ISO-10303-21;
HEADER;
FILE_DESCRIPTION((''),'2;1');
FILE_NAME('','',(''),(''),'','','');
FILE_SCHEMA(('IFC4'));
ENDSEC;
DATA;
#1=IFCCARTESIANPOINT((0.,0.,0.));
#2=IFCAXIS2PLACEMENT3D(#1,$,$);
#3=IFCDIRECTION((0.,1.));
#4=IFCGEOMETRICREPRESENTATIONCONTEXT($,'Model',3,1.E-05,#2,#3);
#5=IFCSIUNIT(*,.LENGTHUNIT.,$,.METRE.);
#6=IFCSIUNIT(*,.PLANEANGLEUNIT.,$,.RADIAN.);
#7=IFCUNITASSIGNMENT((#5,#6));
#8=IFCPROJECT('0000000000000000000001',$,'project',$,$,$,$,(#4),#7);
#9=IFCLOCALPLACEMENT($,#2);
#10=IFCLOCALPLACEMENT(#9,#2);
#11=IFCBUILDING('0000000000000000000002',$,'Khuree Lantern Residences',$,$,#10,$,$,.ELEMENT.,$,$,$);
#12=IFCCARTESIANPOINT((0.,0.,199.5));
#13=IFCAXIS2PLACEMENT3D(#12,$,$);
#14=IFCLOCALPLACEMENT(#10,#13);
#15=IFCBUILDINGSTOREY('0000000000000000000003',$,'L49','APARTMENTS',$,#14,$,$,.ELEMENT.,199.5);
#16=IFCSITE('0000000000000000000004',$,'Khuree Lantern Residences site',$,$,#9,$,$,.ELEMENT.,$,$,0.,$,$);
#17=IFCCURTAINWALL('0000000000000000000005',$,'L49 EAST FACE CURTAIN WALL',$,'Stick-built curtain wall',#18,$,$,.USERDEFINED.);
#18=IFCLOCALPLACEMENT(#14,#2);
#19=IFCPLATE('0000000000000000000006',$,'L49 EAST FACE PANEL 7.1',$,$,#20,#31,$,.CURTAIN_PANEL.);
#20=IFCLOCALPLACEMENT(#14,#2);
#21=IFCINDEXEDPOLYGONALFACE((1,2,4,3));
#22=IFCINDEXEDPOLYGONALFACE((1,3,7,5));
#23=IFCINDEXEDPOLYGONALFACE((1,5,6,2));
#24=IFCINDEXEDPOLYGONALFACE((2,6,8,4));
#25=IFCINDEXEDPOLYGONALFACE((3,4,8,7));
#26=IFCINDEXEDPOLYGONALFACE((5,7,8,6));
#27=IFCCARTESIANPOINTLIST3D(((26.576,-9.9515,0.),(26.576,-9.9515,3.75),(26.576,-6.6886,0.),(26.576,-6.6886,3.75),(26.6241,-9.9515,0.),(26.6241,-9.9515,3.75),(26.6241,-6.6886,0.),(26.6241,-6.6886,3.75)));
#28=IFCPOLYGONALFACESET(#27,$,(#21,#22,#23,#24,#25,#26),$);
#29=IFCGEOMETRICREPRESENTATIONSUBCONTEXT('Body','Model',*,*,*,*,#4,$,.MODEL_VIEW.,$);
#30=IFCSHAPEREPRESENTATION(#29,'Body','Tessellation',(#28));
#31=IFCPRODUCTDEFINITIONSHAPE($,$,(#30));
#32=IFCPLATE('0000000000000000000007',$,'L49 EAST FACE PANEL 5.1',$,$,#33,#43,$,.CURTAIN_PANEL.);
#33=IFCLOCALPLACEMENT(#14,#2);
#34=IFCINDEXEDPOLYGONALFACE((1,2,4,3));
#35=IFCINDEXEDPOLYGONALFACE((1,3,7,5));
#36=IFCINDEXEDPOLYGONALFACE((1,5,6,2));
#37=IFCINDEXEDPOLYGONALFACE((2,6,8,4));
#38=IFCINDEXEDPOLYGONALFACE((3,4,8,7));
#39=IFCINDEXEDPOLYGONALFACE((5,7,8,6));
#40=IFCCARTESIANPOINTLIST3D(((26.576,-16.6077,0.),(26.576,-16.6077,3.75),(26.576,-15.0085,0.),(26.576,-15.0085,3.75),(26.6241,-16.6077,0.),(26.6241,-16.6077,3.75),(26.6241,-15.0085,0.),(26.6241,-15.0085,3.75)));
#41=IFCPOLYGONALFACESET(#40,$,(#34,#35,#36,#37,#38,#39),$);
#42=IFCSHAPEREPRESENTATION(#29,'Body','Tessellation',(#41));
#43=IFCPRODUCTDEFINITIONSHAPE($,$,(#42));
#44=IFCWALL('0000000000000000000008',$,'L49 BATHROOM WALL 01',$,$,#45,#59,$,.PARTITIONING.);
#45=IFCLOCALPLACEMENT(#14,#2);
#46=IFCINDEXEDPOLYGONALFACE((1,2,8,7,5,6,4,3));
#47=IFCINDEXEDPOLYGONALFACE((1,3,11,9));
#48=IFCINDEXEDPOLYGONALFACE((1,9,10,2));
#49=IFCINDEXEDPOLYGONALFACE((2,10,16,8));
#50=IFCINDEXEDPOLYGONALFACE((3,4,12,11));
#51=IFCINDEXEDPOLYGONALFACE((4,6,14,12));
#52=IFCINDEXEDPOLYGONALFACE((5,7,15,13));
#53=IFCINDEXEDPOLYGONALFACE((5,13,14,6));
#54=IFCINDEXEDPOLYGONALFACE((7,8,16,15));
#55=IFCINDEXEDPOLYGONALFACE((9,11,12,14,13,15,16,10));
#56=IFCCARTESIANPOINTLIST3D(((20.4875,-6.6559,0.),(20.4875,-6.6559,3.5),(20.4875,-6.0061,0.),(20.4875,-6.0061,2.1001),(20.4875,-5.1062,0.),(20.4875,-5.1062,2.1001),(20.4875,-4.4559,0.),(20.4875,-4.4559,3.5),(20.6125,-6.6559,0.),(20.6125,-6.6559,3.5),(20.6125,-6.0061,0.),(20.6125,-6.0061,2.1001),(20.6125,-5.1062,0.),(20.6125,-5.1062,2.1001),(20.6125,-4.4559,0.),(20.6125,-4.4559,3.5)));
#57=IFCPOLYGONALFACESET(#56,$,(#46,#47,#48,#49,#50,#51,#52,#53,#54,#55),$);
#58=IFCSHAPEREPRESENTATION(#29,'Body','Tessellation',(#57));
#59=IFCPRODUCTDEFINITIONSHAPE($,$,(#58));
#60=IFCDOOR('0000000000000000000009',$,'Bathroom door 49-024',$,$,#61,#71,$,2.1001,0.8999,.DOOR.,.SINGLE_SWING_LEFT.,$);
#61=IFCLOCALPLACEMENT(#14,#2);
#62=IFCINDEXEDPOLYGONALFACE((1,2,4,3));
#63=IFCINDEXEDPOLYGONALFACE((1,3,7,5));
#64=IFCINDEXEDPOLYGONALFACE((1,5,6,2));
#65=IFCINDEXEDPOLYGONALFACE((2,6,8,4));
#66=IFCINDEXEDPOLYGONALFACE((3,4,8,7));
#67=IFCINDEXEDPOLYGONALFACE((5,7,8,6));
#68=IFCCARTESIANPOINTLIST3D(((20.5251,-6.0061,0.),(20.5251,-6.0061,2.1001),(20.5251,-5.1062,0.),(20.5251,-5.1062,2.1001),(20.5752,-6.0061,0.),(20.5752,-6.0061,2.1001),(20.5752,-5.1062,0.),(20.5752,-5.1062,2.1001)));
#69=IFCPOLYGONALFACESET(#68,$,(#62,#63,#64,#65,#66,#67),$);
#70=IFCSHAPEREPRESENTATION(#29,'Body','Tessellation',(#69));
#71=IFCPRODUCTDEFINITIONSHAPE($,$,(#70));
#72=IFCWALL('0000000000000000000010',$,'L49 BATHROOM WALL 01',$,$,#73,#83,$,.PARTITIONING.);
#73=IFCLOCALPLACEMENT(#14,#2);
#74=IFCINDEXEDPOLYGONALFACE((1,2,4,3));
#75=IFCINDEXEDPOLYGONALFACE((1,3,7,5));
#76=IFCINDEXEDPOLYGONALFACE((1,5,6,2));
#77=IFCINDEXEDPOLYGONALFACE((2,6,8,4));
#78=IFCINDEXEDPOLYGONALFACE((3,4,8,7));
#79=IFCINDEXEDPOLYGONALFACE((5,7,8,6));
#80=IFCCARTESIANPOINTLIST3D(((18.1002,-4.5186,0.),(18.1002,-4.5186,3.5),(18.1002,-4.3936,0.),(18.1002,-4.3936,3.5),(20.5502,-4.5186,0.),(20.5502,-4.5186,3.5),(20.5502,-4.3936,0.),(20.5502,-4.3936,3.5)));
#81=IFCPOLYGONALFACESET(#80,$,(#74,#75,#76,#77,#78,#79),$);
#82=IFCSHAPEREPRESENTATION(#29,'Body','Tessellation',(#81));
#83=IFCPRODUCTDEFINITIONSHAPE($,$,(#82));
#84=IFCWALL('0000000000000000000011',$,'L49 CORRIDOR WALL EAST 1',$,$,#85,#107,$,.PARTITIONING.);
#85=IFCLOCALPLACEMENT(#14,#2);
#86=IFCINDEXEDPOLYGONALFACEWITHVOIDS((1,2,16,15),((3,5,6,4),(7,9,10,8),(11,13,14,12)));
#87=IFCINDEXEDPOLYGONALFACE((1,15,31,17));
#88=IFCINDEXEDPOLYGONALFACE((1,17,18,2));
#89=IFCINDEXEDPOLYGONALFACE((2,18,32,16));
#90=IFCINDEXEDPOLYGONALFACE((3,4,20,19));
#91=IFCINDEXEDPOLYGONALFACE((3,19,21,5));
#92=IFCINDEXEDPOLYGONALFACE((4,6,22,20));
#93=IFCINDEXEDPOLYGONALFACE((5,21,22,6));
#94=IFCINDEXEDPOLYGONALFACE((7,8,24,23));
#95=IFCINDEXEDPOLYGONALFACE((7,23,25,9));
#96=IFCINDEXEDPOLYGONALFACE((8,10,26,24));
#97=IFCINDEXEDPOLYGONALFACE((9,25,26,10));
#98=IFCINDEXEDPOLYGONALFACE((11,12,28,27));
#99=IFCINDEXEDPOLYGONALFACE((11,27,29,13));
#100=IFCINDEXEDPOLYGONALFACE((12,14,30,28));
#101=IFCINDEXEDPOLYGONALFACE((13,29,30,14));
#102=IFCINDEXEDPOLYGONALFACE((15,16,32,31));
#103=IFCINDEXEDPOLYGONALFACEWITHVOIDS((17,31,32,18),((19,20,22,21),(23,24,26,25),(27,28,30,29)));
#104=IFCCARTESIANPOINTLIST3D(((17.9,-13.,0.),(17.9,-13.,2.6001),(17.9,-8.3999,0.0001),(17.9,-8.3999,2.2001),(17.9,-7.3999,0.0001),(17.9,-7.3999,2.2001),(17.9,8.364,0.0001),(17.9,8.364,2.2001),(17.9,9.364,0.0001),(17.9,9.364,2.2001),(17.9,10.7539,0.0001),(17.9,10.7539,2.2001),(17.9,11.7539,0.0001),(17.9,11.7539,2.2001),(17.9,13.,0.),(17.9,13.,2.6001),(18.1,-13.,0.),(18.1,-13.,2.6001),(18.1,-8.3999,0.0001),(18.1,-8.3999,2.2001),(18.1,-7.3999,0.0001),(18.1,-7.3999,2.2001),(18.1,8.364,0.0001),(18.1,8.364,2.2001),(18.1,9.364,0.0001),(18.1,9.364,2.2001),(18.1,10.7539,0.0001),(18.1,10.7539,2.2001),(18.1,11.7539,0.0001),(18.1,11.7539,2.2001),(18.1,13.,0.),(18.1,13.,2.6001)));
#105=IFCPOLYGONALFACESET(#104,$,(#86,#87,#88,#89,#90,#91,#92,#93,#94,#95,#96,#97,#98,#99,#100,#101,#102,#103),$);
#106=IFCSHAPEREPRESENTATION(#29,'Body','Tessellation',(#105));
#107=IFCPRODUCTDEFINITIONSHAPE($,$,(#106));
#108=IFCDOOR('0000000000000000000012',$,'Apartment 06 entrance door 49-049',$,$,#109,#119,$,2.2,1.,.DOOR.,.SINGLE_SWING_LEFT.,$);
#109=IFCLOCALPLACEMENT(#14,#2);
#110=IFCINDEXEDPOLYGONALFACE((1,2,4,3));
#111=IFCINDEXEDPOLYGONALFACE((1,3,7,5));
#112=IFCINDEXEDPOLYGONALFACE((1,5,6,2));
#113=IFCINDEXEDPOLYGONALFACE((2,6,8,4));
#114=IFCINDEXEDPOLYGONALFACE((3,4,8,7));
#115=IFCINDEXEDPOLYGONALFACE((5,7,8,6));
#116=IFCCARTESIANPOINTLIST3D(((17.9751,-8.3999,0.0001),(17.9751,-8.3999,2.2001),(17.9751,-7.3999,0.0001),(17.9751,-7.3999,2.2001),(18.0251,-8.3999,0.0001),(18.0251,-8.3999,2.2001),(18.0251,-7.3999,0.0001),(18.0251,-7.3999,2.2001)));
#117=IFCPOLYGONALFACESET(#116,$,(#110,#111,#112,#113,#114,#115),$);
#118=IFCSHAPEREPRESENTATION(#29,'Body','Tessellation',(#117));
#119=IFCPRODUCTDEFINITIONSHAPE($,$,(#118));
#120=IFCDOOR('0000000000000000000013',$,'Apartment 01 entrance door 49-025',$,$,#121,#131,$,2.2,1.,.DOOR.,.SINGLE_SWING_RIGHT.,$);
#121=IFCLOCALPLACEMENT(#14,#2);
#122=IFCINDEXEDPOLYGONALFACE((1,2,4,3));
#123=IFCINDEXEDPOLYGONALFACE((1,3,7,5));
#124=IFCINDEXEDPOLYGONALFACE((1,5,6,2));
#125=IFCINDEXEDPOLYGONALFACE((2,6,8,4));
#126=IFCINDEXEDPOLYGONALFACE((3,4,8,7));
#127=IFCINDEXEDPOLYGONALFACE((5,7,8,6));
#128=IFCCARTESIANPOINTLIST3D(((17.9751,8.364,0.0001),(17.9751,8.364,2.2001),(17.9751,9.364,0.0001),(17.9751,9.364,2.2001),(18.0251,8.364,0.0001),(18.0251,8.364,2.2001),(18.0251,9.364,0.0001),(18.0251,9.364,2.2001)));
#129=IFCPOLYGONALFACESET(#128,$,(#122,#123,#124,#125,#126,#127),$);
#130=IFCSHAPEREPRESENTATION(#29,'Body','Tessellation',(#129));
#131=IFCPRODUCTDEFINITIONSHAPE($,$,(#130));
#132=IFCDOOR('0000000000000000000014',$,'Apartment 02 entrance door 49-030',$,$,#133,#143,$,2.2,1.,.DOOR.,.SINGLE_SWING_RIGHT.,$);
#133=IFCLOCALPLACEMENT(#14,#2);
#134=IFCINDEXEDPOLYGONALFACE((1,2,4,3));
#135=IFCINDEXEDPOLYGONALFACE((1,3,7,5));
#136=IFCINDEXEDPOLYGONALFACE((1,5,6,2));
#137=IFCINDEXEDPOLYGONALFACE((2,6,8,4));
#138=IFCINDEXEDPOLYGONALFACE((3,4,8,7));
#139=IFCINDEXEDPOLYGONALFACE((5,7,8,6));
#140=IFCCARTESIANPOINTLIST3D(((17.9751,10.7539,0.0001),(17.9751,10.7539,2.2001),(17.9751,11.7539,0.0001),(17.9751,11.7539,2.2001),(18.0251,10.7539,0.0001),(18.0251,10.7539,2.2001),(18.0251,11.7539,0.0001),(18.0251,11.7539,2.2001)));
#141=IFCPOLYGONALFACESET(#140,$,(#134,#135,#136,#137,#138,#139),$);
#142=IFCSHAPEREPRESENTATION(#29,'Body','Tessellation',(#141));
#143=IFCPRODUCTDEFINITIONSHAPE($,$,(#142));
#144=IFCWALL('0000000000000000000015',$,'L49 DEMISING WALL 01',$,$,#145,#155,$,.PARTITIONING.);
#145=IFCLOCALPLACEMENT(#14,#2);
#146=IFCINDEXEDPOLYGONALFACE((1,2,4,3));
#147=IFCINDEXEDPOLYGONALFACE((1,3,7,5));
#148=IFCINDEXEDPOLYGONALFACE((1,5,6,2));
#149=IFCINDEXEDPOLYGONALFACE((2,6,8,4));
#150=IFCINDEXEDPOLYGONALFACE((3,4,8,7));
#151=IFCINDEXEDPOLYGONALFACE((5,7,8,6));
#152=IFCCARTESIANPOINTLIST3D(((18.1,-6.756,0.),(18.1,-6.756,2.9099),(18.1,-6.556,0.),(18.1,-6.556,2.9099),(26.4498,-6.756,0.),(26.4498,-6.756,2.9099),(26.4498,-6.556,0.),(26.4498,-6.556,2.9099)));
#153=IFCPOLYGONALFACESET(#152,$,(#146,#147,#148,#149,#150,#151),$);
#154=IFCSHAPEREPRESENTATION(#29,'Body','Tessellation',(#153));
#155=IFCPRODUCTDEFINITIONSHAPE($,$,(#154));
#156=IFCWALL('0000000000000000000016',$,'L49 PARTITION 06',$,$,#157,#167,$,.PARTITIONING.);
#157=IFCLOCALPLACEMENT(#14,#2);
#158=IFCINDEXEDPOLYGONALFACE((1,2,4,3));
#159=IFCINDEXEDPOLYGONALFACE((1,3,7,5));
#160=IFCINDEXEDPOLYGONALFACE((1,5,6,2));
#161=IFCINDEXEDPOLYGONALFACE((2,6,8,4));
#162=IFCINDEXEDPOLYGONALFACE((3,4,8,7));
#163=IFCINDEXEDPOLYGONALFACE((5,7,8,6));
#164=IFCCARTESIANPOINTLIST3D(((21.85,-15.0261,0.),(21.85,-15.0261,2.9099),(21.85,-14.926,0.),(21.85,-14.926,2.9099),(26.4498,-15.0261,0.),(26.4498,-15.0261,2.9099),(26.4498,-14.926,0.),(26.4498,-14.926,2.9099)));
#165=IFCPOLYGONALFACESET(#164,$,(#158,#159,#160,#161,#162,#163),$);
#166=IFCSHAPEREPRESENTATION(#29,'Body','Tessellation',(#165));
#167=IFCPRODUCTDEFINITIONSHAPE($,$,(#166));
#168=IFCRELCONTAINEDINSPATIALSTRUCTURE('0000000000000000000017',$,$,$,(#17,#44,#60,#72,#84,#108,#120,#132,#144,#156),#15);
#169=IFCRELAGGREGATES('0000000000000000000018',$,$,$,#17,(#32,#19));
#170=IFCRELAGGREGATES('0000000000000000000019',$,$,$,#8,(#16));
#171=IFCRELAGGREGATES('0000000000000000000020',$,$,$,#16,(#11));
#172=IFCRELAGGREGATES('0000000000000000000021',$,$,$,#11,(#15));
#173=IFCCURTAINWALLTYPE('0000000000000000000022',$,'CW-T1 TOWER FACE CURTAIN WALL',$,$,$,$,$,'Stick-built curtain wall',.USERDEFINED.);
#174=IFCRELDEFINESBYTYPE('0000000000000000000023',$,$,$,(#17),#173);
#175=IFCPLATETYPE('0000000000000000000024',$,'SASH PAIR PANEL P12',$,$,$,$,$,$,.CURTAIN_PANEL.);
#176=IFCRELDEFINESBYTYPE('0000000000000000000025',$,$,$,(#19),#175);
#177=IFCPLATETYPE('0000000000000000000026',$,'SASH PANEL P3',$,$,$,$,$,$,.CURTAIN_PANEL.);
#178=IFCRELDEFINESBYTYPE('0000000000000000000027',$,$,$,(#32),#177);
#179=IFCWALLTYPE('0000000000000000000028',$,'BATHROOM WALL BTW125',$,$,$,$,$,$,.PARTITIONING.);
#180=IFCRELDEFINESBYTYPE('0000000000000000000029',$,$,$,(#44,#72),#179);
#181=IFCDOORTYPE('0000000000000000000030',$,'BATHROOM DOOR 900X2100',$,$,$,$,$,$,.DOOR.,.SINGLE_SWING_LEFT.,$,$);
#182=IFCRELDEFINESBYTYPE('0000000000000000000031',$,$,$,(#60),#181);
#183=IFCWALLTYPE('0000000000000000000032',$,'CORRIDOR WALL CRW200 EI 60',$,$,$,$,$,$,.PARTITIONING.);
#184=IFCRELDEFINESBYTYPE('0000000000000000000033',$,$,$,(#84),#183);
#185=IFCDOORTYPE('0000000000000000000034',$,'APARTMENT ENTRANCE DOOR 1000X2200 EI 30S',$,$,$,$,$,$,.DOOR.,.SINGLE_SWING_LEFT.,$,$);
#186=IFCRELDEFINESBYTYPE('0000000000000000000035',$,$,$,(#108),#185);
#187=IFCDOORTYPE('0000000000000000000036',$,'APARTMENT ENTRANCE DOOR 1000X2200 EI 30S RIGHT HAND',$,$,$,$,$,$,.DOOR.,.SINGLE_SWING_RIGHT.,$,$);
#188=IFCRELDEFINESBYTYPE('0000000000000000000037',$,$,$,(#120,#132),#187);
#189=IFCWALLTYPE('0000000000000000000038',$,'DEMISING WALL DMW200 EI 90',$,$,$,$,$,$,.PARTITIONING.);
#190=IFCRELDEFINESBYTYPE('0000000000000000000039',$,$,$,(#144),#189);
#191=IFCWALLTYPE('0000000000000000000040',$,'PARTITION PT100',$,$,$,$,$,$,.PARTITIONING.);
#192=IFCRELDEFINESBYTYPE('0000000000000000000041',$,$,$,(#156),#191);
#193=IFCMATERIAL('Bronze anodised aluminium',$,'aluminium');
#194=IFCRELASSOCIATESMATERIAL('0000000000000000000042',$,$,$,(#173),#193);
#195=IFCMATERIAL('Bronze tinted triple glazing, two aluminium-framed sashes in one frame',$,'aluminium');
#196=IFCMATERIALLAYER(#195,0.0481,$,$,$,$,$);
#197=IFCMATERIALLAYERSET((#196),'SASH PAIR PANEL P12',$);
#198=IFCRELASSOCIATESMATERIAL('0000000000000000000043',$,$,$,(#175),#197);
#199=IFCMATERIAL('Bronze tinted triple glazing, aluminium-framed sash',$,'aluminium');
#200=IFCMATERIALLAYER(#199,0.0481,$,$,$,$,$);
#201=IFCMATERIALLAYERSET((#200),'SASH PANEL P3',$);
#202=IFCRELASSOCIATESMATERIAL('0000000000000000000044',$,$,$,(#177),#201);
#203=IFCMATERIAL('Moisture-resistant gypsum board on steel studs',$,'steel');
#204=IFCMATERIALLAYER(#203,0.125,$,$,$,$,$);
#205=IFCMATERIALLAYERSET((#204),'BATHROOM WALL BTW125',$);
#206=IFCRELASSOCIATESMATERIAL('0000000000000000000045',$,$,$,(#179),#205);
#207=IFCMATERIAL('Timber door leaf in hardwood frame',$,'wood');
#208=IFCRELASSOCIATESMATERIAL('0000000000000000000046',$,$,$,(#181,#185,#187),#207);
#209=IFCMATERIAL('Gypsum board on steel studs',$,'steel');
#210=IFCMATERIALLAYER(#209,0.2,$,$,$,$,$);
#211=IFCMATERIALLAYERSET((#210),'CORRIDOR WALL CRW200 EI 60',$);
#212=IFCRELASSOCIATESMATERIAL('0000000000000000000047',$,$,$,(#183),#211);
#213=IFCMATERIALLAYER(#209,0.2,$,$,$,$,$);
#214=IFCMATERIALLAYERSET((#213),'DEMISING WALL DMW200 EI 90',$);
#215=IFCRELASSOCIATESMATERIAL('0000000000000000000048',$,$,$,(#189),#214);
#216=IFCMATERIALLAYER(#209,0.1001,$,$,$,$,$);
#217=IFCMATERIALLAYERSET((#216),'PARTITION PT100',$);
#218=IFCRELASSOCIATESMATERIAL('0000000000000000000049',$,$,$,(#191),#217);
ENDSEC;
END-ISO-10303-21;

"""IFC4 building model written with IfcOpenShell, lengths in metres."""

from ifc_helpers import new_model, si_unit, direction, frame, frame_2d, origin, origin_2d, place, context, subcontext, project, spatial, rectangle, extrude, material, layer, layer_set, type_object, element, fill, aggregate, save


model = new_model("IFC4")

# Units and contexts
model_context = context("Model", 3, precision=1e-05, world=origin(), true_north=direction((0.0, 1.0)))
body_context = subcontext(model_context, "Body", "Model", "MODEL_VIEW")
ifc_project = project(units=[si_unit("LENGTHUNIT", "METRE"), si_unit("PLANEANGLEUNIT", "RADIAN")], contexts=[model_context])

# Site, building, storey
site_placement = place(None, origin())
site = spatial("IfcSite", under=ifc_project, at=site_placement, Name="Khuree Lantern Residences site", CompositionType="ELEMENT", RefElevation=0.0)
building_placement = place(site_placement, origin())
building = spatial("IfcBuilding", under=site, at=building_placement, Name="Khuree Lantern Residences", CompositionType="ELEMENT")
storey_placement = place(building_placement, frame((0.0, 0.0, 199.5)))
storey = spatial("IfcBuildingStorey", under=building, at=storey_placement, Name="L49", Description="APARTMENTS", CompositionType="ELEMENT", Elevation=199.5)

# Curtain wall
ifc_material_1 = material(Name="Bronze anodised aluminium", Category="aluminium")
curtain_wall_type = type_object("IfcCurtainWallType", Name="CW-T1 TOWER FACE CURTAIN WALL", ElementType="Stick-built curtain wall", PredefinedType="USERDEFINED", material=ifc_material_1)
curtain_wall_placement = place(storey_placement, origin())
curtain_wall = element("IfcCurtainWall", 1, at=curtain_wall_placement, inside=storey, type_object=curtain_wall_type, Name="L49 EAST FACE CURTAIN WALL", ObjectType="Stick-built curtain wall", PredefinedType="USERDEFINED")

# Plates
ifc_material_2 = material(Name="Bronze tinted triple glazing, two aluminium-framed sashes in one frame", Category="aluminium")
ifc_layer_1 = layer(ifc_material_2, 0.0481)
ifc_layer_set_1 = layer_set([ifc_layer_1], Name="SASH PAIR PANEL P12")
plate_type_1 = type_object("IfcPlateType", Name="SASH PAIR PANEL P12", PredefinedType="CURTAIN_PANEL", material=ifc_layer_set_1)
plate_1_placement = place(storey_placement, frame((26.6001, -8.3201, 0.0), z_axis=(0.0, 0.0, 1.0), x_axis=(0.0, 1.0, 0.0)))
plate_1 = element("IfcPlate", 2, at=plate_1_placement, type_object=plate_type_1, Name="L49 EAST FACE PANEL 7.1", PredefinedType="CURTAIN_PANEL", context=body_context, shape_type="SweptSolid", body=[
    extrude(rectangle(XDim=3.2629, YDim=0.0481, at=origin_2d()), origin(), (0.0, 0.0, 1.0), 3.75),
])
ifc_material_3 = material(Name="Bronze tinted triple glazing, aluminium-framed sash", Category="aluminium")
ifc_layer_2 = layer(ifc_material_3, 0.0481)
ifc_layer_set_2 = layer_set([ifc_layer_2], Name="SASH PANEL P3")
plate_type_2 = type_object("IfcPlateType", Name="SASH PANEL P3", PredefinedType="CURTAIN_PANEL", material=ifc_layer_set_2)
plate_2_placement = place(storey_placement, frame((26.6001, -15.8081, 0.0), z_axis=(0.0, 0.0, 1.0), x_axis=(0.0, 1.0, 0.0)))
plate_2 = element("IfcPlate", 3, at=plate_2_placement, type_object=plate_type_2, Name="L49 EAST FACE PANEL 5.1", PredefinedType="CURTAIN_PANEL", context=body_context, shape_type="SweptSolid", body=[
    extrude(rectangle(XDim=1.5991, YDim=0.0481, at=origin_2d()), origin(), (0.0, 0.0, 1.0), 3.75),
])
aggregate(curtain_wall, [plate_2, plate_1])

# Wall, opening, door
ifc_material_4 = material(Name="Moisture-resistant gypsum board on steel studs", Category="steel")
ifc_layer_3 = layer(ifc_material_4, 0.125)
ifc_layer_set_3 = layer_set([ifc_layer_3], Name="BATHROOM WALL BTW125")
wall_type_1 = type_object("IfcWallType", Name="BATHROOM WALL BTW125", PredefinedType="PARTITIONING", material=ifc_layer_set_3)
wall_1_placement = place(storey_placement, frame((20.55, -6.656, 0.0), z_axis=(0.0, 0.0, 1.0), x_axis=(0.0, 1.0, 0.0)))
wall_1 = element("IfcWall", 4, at=wall_1_placement, inside=storey, type_object=wall_type_1, Name="L49 BATHROOM WALL 01", PredefinedType="PARTITIONING", context=body_context, shape_type="SweptSolid", body=[
    extrude(rectangle(XDim=2.2, YDim=0.125, at=frame_2d((1.1001, 0.0))), origin(), (0.0, 0.0, 1.0), 3.5),
])
opening_1_placement = place(wall_1_placement, frame((0.6499, 0.0, 0.0)))
opening_1 = element("IfcOpeningElement", 5, at=opening_1_placement, cuts=wall_1, PredefinedType="OPENING", context=body_context, shape_type="SweptSolid", body=[
    extrude(rectangle(XDim=0.8999, YDim=2.1001, at=frame_2d((0.45, 1.05))), frame((0.0, 0.0725, 0.0), z_axis=(0.0, -1.0, 0.0), x_axis=(1.0, 0.0, 0.0)), (0.0, 0.0, 1.0), 0.145),
])
ifc_material_5 = material(Name="Timber door leaf in hardwood frame", Category="wood")
door_type_1 = type_object("IfcDoorType", Name="BATHROOM DOOR 900X2100", OperationType="SINGLE_SWING_LEFT", PredefinedType="DOOR", material=ifc_material_5)
door_1_placement = place(opening_1_placement, origin())
door_1 = element("IfcDoor", 6, at=door_1_placement, inside=storey, type_object=door_type_1, Name="Bathroom door 49-024", OperationType="SINGLE_SWING_LEFT", OverallHeight=2.1001, OverallWidth=0.8999, PredefinedType="DOOR", context=body_context, shape_type="SweptSolid", body=[
    extrude(rectangle(XDim=0.8999, YDim=2.1001, at=frame_2d((0.45, 1.05))), frame((0.0, 0.0249, 0.0), z_axis=(0.0, -1.0, 0.0), x_axis=(1.0, 0.0, 0.0)), (0.0, 0.0, 1.0), 0.05),
])
fill(opening_1, door_1)

# Wall
wall_2_placement = place(storey_placement, frame((18.1001, -4.4561, 0.0), z_axis=(0.0, 0.0, 1.0), x_axis=(1.0, 0.0, 0.0)))
element("IfcWall", 7, at=wall_2_placement, inside=storey, type_object=wall_type_1, Name="L49 BATHROOM WALL 01", PredefinedType="PARTITIONING", context=body_context, shape_type="SweptSolid", body=[
    extrude(rectangle(XDim=2.45, YDim=0.125, at=frame_2d((1.2251, 0.0))), origin(), (0.0, 0.0, 1.0), 3.5),
])

# Wall, openings, doors
ifc_material_6 = material(Name="Gypsum board on steel studs", Category="steel")
ifc_layer_4 = layer(ifc_material_6, 0.2)
ifc_layer_set_4 = layer_set([ifc_layer_4], Name="CORRIDOR WALL CRW200 EI 60")
wall_type_2 = type_object("IfcWallType", Name="CORRIDOR WALL CRW200 EI 60", PredefinedType="PARTITIONING", material=ifc_layer_set_4)
wall_3_placement = place(storey_placement, frame((18.0, -13.0, 0.0), z_axis=(0.0, 0.0, 1.0), x_axis=(0.0, 1.0, 0.0)))
wall_3 = element("IfcWall", 8, at=wall_3_placement, inside=storey, type_object=wall_type_2, Name="L49 CORRIDOR WALL EAST 1", PredefinedType="PARTITIONING", context=body_context, shape_type="SweptSolid", body=[
    extrude(rectangle(XDim=26.0, YDim=0.2, at=frame_2d((13.0, 0.0))), origin(), (0.0, 0.0, 1.0), 2.6001),
])
opening_2_placement = place(wall_3_placement, frame((21.364, 0.0, 0.0)))
opening_2 = element("IfcOpeningElement", 9, at=opening_2_placement, cuts=wall_3, PredefinedType="OPENING", context=body_context, shape_type="SweptSolid", body=[
    extrude(rectangle(XDim=1.0, YDim=2.2, at=frame_2d((0.5, 1.1001))), frame((0.0, 0.1099, 0.0), z_axis=(0.0, -1.0, 0.0), x_axis=(1.0, 0.0, 0.0)), (0.0, 0.0, 1.0), 0.22),
])
opening_3_placement = place(wall_3_placement, frame((23.7539, 0.0, 0.0)))
opening_3 = element("IfcOpeningElement", 10, at=opening_3_placement, cuts=wall_3, PredefinedType="OPENING", context=body_context, shape_type="SweptSolid", body=[
    extrude(rectangle(XDim=1.0, YDim=2.2, at=frame_2d((0.5, 1.1001))), frame((0.0, 0.1099, 0.0), z_axis=(0.0, -1.0, 0.0), x_axis=(1.0, 0.0, 0.0)), (0.0, 0.0, 1.0), 0.22),
])
opening_4_placement = place(wall_3_placement, frame((4.6001, 0.0, 0.0)))
opening_4 = element("IfcOpeningElement", 11, at=opening_4_placement, cuts=wall_3, PredefinedType="OPENING", context=body_context, shape_type="SweptSolid", body=[
    extrude(rectangle(XDim=1.0, YDim=2.2, at=frame_2d((0.5, 1.1001))), frame((0.0, 0.1099, 0.0), z_axis=(0.0, -1.0, 0.0), x_axis=(1.0, 0.0, 0.0)), (0.0, 0.0, 1.0), 0.22),
])
door_type_2 = type_object("IfcDoorType", Name="APARTMENT ENTRANCE DOOR 1000X2200 EI 30S", OperationType="SINGLE_SWING_LEFT", PredefinedType="DOOR", material=ifc_material_5)
door_2_placement = place(opening_4_placement, origin())
door_2 = element("IfcDoor", 12, at=door_2_placement, inside=storey, type_object=door_type_2, Name="Apartment 06 entrance door 49-049", OperationType="SINGLE_SWING_LEFT", OverallHeight=2.2, OverallWidth=1.0, PredefinedType="DOOR", context=body_context, shape_type="SweptSolid", body=[
    extrude(rectangle(XDim=1.0, YDim=2.2, at=frame_2d((0.5, 1.1001))), frame((0.0, 0.0249, 0.0), z_axis=(0.0, -1.0, 0.0), x_axis=(1.0, 0.0, 0.0)), (0.0, 0.0, 1.0), 0.05),
])
fill(opening_4, door_2)
door_type_3 = type_object("IfcDoorType", Name="APARTMENT ENTRANCE DOOR 1000X2200 EI 30S RIGHT HAND", OperationType="SINGLE_SWING_RIGHT", PredefinedType="DOOR", material=ifc_material_5)
door_3_placement = place(opening_2_placement, origin())
door_3 = element("IfcDoor", 13, at=door_3_placement, inside=storey, type_object=door_type_3, Name="Apartment 01 entrance door 49-025", OperationType="SINGLE_SWING_RIGHT", OverallHeight=2.2, OverallWidth=1.0, PredefinedType="DOOR", context=body_context, shape_type="SweptSolid", body=[
    extrude(rectangle(XDim=1.0, YDim=2.2, at=frame_2d((0.5, 1.1001))), frame((0.0, 0.0249, 0.0), z_axis=(0.0, -1.0, 0.0), x_axis=(1.0, 0.0, 0.0)), (0.0, 0.0, 1.0), 0.05),
])
fill(opening_2, door_3)
door_4_placement = place(opening_3_placement, origin())
door_4 = element("IfcDoor", 14, at=door_4_placement, inside=storey, type_object=door_type_3, Name="Apartment 02 entrance door 49-030", OperationType="SINGLE_SWING_RIGHT", OverallHeight=2.2, OverallWidth=1.0, PredefinedType="DOOR", context=body_context, shape_type="SweptSolid", body=[
    extrude(rectangle(XDim=1.0, YDim=2.2, at=frame_2d((0.5, 1.1001))), frame((0.0, 0.0249, 0.0), z_axis=(0.0, -1.0, 0.0), x_axis=(1.0, 0.0, 0.0)), (0.0, 0.0, 1.0), 0.05),
])
fill(opening_3, door_4)

# Walls
ifc_layer_5 = layer(ifc_material_6, 0.2)
ifc_layer_set_5 = layer_set([ifc_layer_5], Name="DEMISING WALL DMW200 EI 90")
wall_type_3 = type_object("IfcWallType", Name="DEMISING WALL DMW200 EI 90", PredefinedType="PARTITIONING", material=ifc_layer_set_5)
wall_4_placement = place(storey_placement, frame((18.1001, -6.656, 0.0), z_axis=(0.0, 0.0, 1.0), x_axis=(1.0, 0.0, 0.0)))
element("IfcWall", 15, at=wall_4_placement, inside=storey, type_object=wall_type_3, Name="L49 DEMISING WALL 01", PredefinedType="PARTITIONING", context=body_context, shape_type="SweptSolid", body=[
    extrude(rectangle(XDim=8.3499, YDim=0.2, at=frame_2d((4.1748, 0.0))), origin(), (0.0, 0.0, 1.0), 2.9099),
])
ifc_layer_6 = layer(ifc_material_6, 0.1001)
ifc_layer_set_6 = layer_set([ifc_layer_6], Name="PARTITION PT100")
wall_type_4 = type_object("IfcWallType", Name="PARTITION PT100", PredefinedType="PARTITIONING", material=ifc_layer_set_6)
for number, where, z_axis, x_axis, name in (
    (16, (21.8501, -14.9761, 0.0), (0.0, 0.0, 1.0), (1.0, 0.0, 0.0), "L49 PARTITION 06"),
):
    element("IfcWall", number, at=place(storey_placement, frame(where, z_axis=z_axis, x_axis=x_axis)), inside=storey, type_object=wall_type_4, Name=name, PredefinedType="PARTITIONING", context=body_context, shape_type="SweptSolid", body=[
        extrude(rectangle(XDim=4.5999, YDim=0.1001, at=frame_2d((2.2998, 0.0))), origin(), (0.0, 0.0, 1.0), 2.9099),
    ])

save(model, "model.ifc")
